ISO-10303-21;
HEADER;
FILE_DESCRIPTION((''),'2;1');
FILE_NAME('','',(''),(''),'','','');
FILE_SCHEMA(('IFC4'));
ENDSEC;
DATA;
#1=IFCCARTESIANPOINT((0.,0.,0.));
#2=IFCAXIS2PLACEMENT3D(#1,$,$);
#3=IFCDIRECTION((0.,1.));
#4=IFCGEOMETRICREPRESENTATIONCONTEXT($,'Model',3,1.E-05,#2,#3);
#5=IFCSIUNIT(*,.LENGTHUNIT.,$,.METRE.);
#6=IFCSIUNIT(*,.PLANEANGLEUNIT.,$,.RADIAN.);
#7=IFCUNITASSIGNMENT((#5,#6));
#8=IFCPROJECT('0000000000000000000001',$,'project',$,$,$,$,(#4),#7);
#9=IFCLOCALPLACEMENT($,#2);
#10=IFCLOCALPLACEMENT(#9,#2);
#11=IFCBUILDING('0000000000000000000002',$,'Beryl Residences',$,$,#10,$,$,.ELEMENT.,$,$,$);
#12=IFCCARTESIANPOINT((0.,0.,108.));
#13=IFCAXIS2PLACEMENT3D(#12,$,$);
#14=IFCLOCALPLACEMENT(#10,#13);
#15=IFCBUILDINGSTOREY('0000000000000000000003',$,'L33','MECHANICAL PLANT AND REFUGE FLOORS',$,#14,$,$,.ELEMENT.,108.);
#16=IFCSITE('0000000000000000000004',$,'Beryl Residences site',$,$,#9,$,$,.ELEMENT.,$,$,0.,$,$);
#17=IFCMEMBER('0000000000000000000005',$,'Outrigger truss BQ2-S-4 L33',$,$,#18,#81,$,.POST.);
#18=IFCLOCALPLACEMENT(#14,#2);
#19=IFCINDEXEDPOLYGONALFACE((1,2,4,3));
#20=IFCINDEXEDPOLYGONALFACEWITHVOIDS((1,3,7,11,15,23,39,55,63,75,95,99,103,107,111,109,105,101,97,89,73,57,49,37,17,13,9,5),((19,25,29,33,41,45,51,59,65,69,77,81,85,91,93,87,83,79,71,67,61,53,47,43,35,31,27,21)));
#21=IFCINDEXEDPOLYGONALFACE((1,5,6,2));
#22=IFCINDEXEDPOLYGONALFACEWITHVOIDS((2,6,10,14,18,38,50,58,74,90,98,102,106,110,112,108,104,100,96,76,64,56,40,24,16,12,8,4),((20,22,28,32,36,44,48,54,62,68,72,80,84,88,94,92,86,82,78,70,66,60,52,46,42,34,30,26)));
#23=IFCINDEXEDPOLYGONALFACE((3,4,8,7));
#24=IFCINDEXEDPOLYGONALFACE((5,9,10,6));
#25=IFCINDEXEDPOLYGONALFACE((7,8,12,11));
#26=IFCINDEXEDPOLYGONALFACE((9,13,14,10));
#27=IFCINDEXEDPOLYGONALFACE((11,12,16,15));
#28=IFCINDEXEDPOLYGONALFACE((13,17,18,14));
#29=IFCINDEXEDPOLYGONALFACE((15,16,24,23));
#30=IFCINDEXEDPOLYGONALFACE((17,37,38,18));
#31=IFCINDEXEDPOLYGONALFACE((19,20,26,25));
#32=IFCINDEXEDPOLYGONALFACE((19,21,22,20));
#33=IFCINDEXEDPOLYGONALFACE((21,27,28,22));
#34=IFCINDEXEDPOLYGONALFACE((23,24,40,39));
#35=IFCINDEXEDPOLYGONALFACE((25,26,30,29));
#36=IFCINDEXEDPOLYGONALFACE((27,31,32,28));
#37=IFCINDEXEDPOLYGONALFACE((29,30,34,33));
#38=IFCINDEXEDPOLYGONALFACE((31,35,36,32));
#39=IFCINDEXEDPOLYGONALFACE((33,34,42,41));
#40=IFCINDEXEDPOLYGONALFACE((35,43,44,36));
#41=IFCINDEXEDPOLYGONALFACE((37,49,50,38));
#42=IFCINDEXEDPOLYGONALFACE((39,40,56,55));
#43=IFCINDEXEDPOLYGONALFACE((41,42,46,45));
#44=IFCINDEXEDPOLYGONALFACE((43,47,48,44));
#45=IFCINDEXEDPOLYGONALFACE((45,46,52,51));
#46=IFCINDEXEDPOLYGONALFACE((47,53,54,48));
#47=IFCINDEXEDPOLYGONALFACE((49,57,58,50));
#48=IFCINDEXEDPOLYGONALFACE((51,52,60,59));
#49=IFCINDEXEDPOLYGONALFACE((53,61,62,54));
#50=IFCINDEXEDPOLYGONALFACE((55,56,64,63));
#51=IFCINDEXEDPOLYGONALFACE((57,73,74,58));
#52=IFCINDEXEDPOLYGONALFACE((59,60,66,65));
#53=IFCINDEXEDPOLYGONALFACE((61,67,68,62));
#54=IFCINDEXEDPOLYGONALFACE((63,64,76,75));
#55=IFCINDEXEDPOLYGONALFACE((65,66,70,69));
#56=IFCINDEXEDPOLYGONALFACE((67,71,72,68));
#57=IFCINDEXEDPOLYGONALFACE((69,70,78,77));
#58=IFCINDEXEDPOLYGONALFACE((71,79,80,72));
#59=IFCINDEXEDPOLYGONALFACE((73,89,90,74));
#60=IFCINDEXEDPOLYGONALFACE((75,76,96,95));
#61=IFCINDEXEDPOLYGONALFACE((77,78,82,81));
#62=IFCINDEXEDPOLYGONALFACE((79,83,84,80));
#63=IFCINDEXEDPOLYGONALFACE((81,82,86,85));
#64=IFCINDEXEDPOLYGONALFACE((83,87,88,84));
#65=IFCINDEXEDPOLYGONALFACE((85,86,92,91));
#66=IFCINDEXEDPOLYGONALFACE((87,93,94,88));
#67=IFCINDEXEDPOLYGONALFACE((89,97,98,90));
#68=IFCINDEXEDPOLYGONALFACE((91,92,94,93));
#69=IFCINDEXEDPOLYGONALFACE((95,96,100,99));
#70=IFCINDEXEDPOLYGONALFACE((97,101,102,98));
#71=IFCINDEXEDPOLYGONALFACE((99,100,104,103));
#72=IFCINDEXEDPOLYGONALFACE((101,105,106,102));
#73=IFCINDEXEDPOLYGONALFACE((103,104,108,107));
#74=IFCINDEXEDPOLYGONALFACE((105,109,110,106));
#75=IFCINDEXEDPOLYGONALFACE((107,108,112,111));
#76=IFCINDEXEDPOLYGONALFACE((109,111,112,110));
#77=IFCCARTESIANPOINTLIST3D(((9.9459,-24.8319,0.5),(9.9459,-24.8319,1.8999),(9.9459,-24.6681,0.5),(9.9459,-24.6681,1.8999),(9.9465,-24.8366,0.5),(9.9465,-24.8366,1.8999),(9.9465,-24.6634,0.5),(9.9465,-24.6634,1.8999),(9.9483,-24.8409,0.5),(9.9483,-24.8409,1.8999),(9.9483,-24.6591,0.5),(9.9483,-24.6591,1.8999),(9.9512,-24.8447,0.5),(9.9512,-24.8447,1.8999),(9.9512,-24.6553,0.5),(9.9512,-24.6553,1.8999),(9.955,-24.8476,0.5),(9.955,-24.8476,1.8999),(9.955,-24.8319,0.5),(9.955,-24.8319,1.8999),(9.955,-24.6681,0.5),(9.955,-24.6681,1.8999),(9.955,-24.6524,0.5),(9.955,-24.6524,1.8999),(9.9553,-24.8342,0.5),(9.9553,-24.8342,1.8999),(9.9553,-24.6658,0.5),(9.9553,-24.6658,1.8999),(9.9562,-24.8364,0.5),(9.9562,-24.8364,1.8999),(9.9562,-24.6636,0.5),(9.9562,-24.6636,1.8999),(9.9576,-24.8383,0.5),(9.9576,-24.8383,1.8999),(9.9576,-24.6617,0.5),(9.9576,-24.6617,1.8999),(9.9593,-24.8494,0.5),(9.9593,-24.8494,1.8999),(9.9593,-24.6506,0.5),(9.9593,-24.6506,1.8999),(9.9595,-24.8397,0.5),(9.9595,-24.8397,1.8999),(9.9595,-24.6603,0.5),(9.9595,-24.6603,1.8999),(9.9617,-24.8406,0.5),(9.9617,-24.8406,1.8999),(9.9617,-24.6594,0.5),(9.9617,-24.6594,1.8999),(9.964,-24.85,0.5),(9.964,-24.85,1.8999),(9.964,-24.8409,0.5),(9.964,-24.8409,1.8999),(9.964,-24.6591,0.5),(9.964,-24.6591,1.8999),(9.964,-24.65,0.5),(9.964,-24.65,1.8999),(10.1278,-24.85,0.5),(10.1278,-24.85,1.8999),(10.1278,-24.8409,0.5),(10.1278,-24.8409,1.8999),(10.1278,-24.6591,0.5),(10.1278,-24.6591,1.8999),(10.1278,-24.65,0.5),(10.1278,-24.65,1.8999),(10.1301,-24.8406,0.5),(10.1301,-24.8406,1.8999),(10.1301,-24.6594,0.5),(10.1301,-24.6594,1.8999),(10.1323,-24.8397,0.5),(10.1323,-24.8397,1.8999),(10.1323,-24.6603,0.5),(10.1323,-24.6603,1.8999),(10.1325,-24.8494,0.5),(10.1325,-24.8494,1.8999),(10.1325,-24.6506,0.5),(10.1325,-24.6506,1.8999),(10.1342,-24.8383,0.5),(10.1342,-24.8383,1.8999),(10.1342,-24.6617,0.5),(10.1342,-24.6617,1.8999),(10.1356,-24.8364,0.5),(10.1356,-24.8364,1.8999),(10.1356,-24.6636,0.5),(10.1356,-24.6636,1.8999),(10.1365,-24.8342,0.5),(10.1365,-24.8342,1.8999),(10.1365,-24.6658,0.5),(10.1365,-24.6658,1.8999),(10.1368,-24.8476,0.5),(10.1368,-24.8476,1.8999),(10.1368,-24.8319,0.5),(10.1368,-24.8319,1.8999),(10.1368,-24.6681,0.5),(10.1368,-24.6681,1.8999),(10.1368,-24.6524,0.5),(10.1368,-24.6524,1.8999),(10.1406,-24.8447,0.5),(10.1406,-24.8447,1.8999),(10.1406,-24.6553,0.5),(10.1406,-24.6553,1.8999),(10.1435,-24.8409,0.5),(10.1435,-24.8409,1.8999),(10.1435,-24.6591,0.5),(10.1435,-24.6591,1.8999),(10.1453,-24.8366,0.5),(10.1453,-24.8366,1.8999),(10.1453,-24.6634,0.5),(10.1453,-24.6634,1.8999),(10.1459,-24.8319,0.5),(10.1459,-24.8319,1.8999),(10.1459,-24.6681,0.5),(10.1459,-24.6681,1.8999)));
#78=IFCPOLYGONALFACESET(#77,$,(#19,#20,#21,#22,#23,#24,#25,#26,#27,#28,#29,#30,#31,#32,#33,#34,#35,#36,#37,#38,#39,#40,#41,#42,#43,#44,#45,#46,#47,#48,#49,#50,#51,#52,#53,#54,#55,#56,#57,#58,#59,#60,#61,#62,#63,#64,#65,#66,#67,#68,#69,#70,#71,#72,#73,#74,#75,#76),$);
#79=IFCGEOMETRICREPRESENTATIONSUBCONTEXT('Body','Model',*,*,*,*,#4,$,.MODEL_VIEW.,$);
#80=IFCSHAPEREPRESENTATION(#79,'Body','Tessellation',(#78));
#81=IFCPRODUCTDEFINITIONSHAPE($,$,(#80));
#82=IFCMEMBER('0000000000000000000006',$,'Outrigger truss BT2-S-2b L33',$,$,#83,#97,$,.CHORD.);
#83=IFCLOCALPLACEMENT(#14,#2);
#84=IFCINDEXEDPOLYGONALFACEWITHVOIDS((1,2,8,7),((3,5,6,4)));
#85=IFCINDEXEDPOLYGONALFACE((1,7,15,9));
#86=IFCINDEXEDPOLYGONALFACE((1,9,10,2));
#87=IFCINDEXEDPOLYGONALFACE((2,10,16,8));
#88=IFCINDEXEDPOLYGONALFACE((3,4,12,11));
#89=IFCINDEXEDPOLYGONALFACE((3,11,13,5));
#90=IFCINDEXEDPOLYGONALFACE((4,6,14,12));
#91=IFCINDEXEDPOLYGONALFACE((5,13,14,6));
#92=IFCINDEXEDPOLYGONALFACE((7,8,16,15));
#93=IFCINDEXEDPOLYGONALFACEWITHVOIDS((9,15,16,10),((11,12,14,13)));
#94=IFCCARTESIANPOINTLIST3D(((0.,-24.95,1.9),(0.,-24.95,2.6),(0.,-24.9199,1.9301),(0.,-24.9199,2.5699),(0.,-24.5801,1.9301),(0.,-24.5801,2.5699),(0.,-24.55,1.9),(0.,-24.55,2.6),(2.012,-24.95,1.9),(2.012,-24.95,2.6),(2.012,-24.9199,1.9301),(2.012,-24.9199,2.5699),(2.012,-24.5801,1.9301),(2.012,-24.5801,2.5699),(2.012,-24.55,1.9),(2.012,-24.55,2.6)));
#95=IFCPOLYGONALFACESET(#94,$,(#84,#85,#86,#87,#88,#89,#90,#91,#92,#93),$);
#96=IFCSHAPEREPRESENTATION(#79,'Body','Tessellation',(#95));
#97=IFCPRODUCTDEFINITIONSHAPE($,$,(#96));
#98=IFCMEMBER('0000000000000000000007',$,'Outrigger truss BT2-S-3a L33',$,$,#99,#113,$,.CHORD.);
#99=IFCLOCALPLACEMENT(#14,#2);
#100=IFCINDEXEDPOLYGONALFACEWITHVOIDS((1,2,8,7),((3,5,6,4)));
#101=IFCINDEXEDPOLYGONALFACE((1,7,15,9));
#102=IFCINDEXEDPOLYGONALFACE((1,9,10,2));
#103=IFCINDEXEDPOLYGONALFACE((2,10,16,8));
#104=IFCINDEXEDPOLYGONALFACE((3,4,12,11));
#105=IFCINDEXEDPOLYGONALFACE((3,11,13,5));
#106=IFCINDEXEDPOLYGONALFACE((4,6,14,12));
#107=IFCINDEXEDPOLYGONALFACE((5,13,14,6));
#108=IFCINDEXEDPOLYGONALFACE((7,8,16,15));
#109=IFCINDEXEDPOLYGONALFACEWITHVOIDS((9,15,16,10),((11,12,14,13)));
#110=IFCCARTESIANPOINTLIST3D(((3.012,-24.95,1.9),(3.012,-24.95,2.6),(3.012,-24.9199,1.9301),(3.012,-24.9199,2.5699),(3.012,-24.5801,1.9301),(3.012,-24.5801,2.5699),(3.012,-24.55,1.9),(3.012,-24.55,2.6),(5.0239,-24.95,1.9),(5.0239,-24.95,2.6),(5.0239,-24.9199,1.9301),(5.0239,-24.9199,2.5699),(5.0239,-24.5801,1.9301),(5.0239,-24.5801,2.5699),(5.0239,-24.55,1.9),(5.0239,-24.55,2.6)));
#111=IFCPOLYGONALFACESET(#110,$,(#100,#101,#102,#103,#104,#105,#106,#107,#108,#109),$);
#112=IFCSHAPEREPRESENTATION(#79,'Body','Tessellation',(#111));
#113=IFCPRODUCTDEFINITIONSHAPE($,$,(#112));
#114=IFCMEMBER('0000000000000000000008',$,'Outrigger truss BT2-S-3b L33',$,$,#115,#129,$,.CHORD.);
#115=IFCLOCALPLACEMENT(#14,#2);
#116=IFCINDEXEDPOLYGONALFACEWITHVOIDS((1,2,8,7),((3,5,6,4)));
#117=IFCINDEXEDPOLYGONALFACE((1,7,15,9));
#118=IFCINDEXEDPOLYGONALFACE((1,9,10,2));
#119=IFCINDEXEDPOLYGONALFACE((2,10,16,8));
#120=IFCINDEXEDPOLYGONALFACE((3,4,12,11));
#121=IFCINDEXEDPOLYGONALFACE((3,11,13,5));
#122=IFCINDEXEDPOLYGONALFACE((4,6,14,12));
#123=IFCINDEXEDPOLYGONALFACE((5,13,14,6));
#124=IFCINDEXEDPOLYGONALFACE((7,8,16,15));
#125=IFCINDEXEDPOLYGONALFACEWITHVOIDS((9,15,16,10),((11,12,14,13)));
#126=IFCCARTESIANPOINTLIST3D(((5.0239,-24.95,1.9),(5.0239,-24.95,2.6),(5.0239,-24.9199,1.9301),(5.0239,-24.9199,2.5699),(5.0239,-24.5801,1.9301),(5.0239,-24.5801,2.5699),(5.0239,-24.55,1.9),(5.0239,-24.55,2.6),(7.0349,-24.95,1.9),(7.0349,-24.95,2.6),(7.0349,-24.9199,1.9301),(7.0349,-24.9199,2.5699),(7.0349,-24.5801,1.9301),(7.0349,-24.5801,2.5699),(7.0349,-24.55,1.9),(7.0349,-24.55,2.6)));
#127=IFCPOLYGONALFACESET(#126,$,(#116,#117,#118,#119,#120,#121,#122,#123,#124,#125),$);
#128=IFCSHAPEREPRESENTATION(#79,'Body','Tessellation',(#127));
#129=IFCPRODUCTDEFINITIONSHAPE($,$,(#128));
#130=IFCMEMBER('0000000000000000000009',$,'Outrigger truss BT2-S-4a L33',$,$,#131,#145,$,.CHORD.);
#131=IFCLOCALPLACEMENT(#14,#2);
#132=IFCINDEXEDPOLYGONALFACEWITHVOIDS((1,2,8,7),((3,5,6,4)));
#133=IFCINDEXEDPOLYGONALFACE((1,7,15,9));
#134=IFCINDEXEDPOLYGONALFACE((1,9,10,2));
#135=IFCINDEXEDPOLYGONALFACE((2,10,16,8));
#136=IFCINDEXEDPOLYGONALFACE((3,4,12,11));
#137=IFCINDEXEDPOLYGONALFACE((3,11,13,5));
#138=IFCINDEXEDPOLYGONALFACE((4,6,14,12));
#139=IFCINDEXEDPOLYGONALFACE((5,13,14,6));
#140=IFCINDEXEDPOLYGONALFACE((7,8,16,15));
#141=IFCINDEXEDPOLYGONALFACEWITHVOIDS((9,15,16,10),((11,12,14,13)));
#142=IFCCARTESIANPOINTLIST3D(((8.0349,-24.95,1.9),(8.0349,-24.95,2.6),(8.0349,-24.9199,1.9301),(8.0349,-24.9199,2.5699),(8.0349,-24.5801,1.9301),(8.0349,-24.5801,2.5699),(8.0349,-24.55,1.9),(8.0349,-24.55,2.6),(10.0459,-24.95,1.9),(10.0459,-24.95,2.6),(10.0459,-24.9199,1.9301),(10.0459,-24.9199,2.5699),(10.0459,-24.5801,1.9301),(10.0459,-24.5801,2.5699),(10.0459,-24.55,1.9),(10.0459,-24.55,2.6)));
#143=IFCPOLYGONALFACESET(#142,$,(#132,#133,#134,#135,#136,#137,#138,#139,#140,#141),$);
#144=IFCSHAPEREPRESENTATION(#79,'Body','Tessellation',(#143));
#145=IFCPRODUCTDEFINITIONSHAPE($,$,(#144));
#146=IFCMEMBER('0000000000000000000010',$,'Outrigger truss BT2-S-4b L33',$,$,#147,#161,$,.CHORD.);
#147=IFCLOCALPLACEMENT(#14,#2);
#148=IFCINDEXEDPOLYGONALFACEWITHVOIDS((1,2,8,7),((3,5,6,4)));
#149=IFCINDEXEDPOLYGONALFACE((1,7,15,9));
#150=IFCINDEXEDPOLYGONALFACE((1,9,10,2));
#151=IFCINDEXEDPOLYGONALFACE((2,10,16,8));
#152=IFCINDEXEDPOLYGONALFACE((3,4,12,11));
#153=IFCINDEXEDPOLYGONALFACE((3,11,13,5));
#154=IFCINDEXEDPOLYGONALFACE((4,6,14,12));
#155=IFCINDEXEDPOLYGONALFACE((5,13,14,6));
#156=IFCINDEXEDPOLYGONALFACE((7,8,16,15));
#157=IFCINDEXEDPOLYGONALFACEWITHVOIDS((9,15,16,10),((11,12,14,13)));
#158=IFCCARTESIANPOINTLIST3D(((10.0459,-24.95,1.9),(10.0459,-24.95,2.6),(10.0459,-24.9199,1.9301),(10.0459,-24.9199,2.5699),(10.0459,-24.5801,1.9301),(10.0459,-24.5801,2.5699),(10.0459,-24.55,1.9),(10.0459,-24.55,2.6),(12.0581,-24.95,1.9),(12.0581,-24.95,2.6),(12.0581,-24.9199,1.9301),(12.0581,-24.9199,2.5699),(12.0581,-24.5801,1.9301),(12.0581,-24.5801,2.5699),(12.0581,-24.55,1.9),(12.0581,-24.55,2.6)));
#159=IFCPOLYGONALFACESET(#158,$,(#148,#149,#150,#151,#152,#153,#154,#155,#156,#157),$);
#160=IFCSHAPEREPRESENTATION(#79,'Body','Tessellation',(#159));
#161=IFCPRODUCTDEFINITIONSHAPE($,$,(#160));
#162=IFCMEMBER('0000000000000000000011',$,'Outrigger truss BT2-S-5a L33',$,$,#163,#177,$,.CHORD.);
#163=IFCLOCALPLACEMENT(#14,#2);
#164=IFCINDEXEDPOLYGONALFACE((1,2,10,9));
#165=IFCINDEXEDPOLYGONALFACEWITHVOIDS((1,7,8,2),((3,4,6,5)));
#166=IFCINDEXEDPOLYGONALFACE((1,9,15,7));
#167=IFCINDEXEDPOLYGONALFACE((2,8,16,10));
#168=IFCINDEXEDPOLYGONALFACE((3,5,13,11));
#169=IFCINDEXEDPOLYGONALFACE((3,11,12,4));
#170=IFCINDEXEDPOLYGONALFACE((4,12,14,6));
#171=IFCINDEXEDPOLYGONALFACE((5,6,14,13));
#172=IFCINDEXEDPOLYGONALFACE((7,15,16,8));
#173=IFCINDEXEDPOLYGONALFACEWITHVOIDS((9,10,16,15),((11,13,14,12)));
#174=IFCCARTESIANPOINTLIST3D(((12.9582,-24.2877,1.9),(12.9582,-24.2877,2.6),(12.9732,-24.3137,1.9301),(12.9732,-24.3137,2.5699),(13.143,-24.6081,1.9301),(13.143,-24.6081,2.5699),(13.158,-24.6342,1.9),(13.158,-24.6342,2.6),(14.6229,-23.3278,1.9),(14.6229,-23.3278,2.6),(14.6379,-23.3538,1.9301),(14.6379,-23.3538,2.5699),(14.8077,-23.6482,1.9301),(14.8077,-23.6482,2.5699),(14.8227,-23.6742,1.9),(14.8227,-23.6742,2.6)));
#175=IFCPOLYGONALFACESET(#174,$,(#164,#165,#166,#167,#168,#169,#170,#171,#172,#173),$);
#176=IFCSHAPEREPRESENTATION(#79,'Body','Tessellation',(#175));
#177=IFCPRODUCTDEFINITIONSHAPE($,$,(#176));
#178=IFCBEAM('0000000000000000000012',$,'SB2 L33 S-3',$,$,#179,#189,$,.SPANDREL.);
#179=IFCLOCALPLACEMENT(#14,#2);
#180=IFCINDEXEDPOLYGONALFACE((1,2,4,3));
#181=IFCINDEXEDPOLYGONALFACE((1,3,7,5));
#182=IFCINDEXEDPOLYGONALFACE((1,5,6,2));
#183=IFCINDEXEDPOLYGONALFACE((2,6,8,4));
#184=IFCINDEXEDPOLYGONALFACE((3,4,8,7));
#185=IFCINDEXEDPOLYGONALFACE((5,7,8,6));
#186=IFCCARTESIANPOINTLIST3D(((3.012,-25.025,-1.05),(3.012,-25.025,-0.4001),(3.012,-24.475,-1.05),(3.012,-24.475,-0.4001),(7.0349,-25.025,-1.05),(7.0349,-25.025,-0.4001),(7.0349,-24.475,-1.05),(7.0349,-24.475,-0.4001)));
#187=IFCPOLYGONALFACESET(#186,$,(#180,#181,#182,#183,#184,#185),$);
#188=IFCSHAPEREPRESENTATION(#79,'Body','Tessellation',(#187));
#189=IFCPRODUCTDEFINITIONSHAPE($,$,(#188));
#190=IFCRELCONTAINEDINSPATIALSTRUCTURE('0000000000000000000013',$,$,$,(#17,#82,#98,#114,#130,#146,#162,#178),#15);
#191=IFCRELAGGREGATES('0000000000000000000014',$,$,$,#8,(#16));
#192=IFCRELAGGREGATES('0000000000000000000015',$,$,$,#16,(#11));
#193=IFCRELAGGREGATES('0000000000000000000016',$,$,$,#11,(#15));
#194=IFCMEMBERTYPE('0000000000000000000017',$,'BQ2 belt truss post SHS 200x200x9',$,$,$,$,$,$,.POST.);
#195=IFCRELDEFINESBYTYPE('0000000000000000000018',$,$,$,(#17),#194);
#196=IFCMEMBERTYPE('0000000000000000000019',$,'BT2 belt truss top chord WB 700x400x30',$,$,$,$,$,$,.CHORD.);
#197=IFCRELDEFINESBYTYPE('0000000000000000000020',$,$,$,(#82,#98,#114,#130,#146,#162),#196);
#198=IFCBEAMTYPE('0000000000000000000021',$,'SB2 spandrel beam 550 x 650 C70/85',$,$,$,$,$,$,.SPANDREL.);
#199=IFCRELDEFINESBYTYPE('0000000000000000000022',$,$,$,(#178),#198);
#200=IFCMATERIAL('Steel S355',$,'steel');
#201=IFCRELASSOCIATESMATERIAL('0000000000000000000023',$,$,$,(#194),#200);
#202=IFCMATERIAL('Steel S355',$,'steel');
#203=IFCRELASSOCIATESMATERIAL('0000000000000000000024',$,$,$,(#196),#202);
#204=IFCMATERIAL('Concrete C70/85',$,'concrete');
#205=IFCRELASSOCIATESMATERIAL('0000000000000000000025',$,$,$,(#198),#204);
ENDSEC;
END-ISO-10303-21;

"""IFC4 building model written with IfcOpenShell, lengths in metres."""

from ifc_helpers import new_model, si_unit, direction, frame, origin, origin_2d, place, context, subcontext, project, spatial, rectangle, hollow_rectangle, extrude, material, material_profile, profile_set, type_object, element, save


model = new_model("IFC4")

# Units and contexts
model_context = context("Model", 3, precision=1e-05, world=origin(), true_north=direction((0.0, 1.0)))
body_context = subcontext(model_context, "Body", "Model", "MODEL_VIEW")
ifc_project = project(units=[si_unit("LENGTHUNIT", "METRE"), si_unit("PLANEANGLEUNIT", "RADIAN")], contexts=[model_context])

# Site, building, storey
site_placement = place(None, origin())
site = spatial("IfcSite", under=ifc_project, at=site_placement, Name="Beryl Residences site", CompositionType="ELEMENT", RefElevation=0.0)
building_placement = place(site_placement, origin())
building = spatial("IfcBuilding", under=site, at=building_placement, Name="Beryl Residences", CompositionType="ELEMENT")
storey_placement = place(building_placement, frame((0.0, 0.0, 108.0)))
storey = spatial("IfcBuildingStorey", under=building, at=storey_placement, Name="L33", Description="MECHANICAL PLANT AND REFUGE FLOORS", CompositionType="ELEMENT", Elevation=108.0)

# Members
ifc_material_1 = material(Name="Steel S355", Category="steel")
ifc_material_profile_1 = material_profile(ifc_material_1, hollow_rectangle(XDim=0.2, YDim=0.2, WallThickness=0.009, InnerFilletRadius=0.009, OuterFilletRadius=0.0181, at=origin_2d()))
ifc_profile_set_1 = profile_set([ifc_material_profile_1], Name="Steel S355")
member_type_1 = type_object("IfcMemberType", Name="BQ2 belt truss post SHS 200x200x9", PredefinedType="POST", material=ifc_profile_set_1)
for number, where, z_axis, x_axis, name in (
    (1, (10.0459, -24.75, 0.5), (0.0, 0.0, 1.0), (1.0, 0.0, 0.0), "Outrigger truss BQ2-S-4 L33"),
):
    element("IfcMember", number, at=place(storey_placement, frame(where, z_axis=z_axis, x_axis=x_axis)), inside=storey, type_object=member_type_1, Name=name, PredefinedType="POST", context=body_context, shape_type="SweptSolid", body=[
        extrude(hollow_rectangle(XDim=0.2, YDim=0.2, WallThickness=0.009, InnerFilletRadius=0.009, OuterFilletRadius=0.0181, at=origin_2d()), origin(), (0.0, 0.0, 1.0), 1.3999),
    ])
ifc_material_2 = material(Name="Steel S355", Category="steel")
ifc_material_profile_2 = material_profile(ifc_material_2, hollow_rectangle(XDim=0.3999, YDim=0.7, WallThickness=0.03, at=origin_2d()))
ifc_profile_set_2 = profile_set([ifc_material_profile_2], Name="Steel S355")
member_type_2 = type_object("IfcMemberType", Name="BT2 belt truss top chord WB 700x400x30", PredefinedType="CHORD", material=ifc_profile_set_2)
for number, where, z_axis, x_axis, name in (
    (2, (0.0, -24.75, 2.25), (1.0, 0.0, 0.0), (0.0, 1.0, 0.0), "Outrigger truss BT2-S-2b L33"),
    (3, (3.012, -24.75, 2.25), (1.0, 0.0, 0.0), (0.0, 1.0, 0.0), "Outrigger truss BT2-S-3a L33"),
):
    element("IfcMember", number, at=place(storey_placement, frame(where, z_axis=z_axis, x_axis=x_axis)), inside=storey, type_object=member_type_2, Name=name, PredefinedType="CHORD", context=body_context, shape_type="SweptSolid", body=[
        extrude(hollow_rectangle(XDim=0.3999, YDim=0.7, WallThickness=0.03, at=origin_2d()), origin(), (0.0, 0.0, 1.0), 2.012),
    ])
for number, where, z_axis, x_axis, name in (
    (4, (5.0239, -24.75, 2.25), (1.0, 0.0, 0.0), (0.0, 1.0, 0.0), "Outrigger truss BT2-S-3b L33"),
    (5, (8.0349, -24.75, 2.25), (1.0, 0.0, 0.0), (0.0, 1.0, 0.0), "Outrigger truss BT2-S-4a L33"),
):
    element("IfcMember", number, at=place(storey_placement, frame(where, z_axis=z_axis, x_axis=x_axis)), inside=storey, type_object=member_type_2, Name=name, PredefinedType="CHORD", context=body_context, shape_type="SweptSolid", body=[
        extrude(hollow_rectangle(XDim=0.3999, YDim=0.7, WallThickness=0.03, at=origin_2d()), origin(), (0.0, 0.0, 1.0), 2.011),
    ])
member_1_placement = place(storey_placement, frame((10.0459, -24.75, 2.25), z_axis=(1.0, 0.0, 0.0), x_axis=(0.0, 1.0, 0.0)))
element("IfcMember", 6, at=member_1_placement, inside=storey, type_object=member_type_2, Name="Outrigger truss BT2-S-4b L33", PredefinedType="CHORD", context=body_context, shape_type="SweptSolid", body=[
    extrude(hollow_rectangle(XDim=0.3999, YDim=0.7, WallThickness=0.03, at=origin_2d()), origin(), (0.0, 0.0, 1.0), 2.0122),
])
member_2_placement = place(storey_placement, frame((13.0581, -24.4609, 2.25), z_axis=(0.866298, 0.499528, 0.0), x_axis=(-0.499528, 0.866298, 0.0)))
element("IfcMember", 7, at=member_2_placement, inside=storey, type_object=member_type_2, Name="Outrigger truss BT2-S-5a L33", PredefinedType="CHORD", context=body_context, shape_type="SweptSolid", body=[
    extrude(hollow_rectangle(XDim=0.3999, YDim=0.7, WallThickness=0.03, at=origin_2d()), origin(), (0.0, 0.0, 1.0), 1.9216),
])

# Beam
ifc_material_3 = material(Name="Concrete C70/85", Category="concrete")
ifc_material_profile_3 = material_profile(ifc_material_3, rectangle(XDim=0.55, YDim=0.6499, at=origin_2d()))
ifc_profile_set_3 = profile_set([ifc_material_profile_3], Name="Concrete C70/85")
beam_type = type_object("IfcBeamType", Name="SB2 spandrel beam 550 x 650 C70/85", PredefinedType="SPANDREL", material=ifc_profile_set_3)
beam_1_placement = place(storey_placement, frame((3.012, -24.75, -0.7251), z_axis=(1.0, 0.0, 0.0), x_axis=(0.0, 1.0, 0.0)))
element("IfcBeam", 8, at=beam_1_placement, inside=storey, type_object=beam_type, Name="SB2 L33 S-3", PredefinedType="SPANDREL", context=body_context, shape_type="SweptSolid", body=[
    extrude(rectangle(XDim=0.55, YDim=0.6499, at=origin_2d()), origin(), (0.0, 0.0, 1.0), 4.0229),
])

save(model, "model.ifc")
